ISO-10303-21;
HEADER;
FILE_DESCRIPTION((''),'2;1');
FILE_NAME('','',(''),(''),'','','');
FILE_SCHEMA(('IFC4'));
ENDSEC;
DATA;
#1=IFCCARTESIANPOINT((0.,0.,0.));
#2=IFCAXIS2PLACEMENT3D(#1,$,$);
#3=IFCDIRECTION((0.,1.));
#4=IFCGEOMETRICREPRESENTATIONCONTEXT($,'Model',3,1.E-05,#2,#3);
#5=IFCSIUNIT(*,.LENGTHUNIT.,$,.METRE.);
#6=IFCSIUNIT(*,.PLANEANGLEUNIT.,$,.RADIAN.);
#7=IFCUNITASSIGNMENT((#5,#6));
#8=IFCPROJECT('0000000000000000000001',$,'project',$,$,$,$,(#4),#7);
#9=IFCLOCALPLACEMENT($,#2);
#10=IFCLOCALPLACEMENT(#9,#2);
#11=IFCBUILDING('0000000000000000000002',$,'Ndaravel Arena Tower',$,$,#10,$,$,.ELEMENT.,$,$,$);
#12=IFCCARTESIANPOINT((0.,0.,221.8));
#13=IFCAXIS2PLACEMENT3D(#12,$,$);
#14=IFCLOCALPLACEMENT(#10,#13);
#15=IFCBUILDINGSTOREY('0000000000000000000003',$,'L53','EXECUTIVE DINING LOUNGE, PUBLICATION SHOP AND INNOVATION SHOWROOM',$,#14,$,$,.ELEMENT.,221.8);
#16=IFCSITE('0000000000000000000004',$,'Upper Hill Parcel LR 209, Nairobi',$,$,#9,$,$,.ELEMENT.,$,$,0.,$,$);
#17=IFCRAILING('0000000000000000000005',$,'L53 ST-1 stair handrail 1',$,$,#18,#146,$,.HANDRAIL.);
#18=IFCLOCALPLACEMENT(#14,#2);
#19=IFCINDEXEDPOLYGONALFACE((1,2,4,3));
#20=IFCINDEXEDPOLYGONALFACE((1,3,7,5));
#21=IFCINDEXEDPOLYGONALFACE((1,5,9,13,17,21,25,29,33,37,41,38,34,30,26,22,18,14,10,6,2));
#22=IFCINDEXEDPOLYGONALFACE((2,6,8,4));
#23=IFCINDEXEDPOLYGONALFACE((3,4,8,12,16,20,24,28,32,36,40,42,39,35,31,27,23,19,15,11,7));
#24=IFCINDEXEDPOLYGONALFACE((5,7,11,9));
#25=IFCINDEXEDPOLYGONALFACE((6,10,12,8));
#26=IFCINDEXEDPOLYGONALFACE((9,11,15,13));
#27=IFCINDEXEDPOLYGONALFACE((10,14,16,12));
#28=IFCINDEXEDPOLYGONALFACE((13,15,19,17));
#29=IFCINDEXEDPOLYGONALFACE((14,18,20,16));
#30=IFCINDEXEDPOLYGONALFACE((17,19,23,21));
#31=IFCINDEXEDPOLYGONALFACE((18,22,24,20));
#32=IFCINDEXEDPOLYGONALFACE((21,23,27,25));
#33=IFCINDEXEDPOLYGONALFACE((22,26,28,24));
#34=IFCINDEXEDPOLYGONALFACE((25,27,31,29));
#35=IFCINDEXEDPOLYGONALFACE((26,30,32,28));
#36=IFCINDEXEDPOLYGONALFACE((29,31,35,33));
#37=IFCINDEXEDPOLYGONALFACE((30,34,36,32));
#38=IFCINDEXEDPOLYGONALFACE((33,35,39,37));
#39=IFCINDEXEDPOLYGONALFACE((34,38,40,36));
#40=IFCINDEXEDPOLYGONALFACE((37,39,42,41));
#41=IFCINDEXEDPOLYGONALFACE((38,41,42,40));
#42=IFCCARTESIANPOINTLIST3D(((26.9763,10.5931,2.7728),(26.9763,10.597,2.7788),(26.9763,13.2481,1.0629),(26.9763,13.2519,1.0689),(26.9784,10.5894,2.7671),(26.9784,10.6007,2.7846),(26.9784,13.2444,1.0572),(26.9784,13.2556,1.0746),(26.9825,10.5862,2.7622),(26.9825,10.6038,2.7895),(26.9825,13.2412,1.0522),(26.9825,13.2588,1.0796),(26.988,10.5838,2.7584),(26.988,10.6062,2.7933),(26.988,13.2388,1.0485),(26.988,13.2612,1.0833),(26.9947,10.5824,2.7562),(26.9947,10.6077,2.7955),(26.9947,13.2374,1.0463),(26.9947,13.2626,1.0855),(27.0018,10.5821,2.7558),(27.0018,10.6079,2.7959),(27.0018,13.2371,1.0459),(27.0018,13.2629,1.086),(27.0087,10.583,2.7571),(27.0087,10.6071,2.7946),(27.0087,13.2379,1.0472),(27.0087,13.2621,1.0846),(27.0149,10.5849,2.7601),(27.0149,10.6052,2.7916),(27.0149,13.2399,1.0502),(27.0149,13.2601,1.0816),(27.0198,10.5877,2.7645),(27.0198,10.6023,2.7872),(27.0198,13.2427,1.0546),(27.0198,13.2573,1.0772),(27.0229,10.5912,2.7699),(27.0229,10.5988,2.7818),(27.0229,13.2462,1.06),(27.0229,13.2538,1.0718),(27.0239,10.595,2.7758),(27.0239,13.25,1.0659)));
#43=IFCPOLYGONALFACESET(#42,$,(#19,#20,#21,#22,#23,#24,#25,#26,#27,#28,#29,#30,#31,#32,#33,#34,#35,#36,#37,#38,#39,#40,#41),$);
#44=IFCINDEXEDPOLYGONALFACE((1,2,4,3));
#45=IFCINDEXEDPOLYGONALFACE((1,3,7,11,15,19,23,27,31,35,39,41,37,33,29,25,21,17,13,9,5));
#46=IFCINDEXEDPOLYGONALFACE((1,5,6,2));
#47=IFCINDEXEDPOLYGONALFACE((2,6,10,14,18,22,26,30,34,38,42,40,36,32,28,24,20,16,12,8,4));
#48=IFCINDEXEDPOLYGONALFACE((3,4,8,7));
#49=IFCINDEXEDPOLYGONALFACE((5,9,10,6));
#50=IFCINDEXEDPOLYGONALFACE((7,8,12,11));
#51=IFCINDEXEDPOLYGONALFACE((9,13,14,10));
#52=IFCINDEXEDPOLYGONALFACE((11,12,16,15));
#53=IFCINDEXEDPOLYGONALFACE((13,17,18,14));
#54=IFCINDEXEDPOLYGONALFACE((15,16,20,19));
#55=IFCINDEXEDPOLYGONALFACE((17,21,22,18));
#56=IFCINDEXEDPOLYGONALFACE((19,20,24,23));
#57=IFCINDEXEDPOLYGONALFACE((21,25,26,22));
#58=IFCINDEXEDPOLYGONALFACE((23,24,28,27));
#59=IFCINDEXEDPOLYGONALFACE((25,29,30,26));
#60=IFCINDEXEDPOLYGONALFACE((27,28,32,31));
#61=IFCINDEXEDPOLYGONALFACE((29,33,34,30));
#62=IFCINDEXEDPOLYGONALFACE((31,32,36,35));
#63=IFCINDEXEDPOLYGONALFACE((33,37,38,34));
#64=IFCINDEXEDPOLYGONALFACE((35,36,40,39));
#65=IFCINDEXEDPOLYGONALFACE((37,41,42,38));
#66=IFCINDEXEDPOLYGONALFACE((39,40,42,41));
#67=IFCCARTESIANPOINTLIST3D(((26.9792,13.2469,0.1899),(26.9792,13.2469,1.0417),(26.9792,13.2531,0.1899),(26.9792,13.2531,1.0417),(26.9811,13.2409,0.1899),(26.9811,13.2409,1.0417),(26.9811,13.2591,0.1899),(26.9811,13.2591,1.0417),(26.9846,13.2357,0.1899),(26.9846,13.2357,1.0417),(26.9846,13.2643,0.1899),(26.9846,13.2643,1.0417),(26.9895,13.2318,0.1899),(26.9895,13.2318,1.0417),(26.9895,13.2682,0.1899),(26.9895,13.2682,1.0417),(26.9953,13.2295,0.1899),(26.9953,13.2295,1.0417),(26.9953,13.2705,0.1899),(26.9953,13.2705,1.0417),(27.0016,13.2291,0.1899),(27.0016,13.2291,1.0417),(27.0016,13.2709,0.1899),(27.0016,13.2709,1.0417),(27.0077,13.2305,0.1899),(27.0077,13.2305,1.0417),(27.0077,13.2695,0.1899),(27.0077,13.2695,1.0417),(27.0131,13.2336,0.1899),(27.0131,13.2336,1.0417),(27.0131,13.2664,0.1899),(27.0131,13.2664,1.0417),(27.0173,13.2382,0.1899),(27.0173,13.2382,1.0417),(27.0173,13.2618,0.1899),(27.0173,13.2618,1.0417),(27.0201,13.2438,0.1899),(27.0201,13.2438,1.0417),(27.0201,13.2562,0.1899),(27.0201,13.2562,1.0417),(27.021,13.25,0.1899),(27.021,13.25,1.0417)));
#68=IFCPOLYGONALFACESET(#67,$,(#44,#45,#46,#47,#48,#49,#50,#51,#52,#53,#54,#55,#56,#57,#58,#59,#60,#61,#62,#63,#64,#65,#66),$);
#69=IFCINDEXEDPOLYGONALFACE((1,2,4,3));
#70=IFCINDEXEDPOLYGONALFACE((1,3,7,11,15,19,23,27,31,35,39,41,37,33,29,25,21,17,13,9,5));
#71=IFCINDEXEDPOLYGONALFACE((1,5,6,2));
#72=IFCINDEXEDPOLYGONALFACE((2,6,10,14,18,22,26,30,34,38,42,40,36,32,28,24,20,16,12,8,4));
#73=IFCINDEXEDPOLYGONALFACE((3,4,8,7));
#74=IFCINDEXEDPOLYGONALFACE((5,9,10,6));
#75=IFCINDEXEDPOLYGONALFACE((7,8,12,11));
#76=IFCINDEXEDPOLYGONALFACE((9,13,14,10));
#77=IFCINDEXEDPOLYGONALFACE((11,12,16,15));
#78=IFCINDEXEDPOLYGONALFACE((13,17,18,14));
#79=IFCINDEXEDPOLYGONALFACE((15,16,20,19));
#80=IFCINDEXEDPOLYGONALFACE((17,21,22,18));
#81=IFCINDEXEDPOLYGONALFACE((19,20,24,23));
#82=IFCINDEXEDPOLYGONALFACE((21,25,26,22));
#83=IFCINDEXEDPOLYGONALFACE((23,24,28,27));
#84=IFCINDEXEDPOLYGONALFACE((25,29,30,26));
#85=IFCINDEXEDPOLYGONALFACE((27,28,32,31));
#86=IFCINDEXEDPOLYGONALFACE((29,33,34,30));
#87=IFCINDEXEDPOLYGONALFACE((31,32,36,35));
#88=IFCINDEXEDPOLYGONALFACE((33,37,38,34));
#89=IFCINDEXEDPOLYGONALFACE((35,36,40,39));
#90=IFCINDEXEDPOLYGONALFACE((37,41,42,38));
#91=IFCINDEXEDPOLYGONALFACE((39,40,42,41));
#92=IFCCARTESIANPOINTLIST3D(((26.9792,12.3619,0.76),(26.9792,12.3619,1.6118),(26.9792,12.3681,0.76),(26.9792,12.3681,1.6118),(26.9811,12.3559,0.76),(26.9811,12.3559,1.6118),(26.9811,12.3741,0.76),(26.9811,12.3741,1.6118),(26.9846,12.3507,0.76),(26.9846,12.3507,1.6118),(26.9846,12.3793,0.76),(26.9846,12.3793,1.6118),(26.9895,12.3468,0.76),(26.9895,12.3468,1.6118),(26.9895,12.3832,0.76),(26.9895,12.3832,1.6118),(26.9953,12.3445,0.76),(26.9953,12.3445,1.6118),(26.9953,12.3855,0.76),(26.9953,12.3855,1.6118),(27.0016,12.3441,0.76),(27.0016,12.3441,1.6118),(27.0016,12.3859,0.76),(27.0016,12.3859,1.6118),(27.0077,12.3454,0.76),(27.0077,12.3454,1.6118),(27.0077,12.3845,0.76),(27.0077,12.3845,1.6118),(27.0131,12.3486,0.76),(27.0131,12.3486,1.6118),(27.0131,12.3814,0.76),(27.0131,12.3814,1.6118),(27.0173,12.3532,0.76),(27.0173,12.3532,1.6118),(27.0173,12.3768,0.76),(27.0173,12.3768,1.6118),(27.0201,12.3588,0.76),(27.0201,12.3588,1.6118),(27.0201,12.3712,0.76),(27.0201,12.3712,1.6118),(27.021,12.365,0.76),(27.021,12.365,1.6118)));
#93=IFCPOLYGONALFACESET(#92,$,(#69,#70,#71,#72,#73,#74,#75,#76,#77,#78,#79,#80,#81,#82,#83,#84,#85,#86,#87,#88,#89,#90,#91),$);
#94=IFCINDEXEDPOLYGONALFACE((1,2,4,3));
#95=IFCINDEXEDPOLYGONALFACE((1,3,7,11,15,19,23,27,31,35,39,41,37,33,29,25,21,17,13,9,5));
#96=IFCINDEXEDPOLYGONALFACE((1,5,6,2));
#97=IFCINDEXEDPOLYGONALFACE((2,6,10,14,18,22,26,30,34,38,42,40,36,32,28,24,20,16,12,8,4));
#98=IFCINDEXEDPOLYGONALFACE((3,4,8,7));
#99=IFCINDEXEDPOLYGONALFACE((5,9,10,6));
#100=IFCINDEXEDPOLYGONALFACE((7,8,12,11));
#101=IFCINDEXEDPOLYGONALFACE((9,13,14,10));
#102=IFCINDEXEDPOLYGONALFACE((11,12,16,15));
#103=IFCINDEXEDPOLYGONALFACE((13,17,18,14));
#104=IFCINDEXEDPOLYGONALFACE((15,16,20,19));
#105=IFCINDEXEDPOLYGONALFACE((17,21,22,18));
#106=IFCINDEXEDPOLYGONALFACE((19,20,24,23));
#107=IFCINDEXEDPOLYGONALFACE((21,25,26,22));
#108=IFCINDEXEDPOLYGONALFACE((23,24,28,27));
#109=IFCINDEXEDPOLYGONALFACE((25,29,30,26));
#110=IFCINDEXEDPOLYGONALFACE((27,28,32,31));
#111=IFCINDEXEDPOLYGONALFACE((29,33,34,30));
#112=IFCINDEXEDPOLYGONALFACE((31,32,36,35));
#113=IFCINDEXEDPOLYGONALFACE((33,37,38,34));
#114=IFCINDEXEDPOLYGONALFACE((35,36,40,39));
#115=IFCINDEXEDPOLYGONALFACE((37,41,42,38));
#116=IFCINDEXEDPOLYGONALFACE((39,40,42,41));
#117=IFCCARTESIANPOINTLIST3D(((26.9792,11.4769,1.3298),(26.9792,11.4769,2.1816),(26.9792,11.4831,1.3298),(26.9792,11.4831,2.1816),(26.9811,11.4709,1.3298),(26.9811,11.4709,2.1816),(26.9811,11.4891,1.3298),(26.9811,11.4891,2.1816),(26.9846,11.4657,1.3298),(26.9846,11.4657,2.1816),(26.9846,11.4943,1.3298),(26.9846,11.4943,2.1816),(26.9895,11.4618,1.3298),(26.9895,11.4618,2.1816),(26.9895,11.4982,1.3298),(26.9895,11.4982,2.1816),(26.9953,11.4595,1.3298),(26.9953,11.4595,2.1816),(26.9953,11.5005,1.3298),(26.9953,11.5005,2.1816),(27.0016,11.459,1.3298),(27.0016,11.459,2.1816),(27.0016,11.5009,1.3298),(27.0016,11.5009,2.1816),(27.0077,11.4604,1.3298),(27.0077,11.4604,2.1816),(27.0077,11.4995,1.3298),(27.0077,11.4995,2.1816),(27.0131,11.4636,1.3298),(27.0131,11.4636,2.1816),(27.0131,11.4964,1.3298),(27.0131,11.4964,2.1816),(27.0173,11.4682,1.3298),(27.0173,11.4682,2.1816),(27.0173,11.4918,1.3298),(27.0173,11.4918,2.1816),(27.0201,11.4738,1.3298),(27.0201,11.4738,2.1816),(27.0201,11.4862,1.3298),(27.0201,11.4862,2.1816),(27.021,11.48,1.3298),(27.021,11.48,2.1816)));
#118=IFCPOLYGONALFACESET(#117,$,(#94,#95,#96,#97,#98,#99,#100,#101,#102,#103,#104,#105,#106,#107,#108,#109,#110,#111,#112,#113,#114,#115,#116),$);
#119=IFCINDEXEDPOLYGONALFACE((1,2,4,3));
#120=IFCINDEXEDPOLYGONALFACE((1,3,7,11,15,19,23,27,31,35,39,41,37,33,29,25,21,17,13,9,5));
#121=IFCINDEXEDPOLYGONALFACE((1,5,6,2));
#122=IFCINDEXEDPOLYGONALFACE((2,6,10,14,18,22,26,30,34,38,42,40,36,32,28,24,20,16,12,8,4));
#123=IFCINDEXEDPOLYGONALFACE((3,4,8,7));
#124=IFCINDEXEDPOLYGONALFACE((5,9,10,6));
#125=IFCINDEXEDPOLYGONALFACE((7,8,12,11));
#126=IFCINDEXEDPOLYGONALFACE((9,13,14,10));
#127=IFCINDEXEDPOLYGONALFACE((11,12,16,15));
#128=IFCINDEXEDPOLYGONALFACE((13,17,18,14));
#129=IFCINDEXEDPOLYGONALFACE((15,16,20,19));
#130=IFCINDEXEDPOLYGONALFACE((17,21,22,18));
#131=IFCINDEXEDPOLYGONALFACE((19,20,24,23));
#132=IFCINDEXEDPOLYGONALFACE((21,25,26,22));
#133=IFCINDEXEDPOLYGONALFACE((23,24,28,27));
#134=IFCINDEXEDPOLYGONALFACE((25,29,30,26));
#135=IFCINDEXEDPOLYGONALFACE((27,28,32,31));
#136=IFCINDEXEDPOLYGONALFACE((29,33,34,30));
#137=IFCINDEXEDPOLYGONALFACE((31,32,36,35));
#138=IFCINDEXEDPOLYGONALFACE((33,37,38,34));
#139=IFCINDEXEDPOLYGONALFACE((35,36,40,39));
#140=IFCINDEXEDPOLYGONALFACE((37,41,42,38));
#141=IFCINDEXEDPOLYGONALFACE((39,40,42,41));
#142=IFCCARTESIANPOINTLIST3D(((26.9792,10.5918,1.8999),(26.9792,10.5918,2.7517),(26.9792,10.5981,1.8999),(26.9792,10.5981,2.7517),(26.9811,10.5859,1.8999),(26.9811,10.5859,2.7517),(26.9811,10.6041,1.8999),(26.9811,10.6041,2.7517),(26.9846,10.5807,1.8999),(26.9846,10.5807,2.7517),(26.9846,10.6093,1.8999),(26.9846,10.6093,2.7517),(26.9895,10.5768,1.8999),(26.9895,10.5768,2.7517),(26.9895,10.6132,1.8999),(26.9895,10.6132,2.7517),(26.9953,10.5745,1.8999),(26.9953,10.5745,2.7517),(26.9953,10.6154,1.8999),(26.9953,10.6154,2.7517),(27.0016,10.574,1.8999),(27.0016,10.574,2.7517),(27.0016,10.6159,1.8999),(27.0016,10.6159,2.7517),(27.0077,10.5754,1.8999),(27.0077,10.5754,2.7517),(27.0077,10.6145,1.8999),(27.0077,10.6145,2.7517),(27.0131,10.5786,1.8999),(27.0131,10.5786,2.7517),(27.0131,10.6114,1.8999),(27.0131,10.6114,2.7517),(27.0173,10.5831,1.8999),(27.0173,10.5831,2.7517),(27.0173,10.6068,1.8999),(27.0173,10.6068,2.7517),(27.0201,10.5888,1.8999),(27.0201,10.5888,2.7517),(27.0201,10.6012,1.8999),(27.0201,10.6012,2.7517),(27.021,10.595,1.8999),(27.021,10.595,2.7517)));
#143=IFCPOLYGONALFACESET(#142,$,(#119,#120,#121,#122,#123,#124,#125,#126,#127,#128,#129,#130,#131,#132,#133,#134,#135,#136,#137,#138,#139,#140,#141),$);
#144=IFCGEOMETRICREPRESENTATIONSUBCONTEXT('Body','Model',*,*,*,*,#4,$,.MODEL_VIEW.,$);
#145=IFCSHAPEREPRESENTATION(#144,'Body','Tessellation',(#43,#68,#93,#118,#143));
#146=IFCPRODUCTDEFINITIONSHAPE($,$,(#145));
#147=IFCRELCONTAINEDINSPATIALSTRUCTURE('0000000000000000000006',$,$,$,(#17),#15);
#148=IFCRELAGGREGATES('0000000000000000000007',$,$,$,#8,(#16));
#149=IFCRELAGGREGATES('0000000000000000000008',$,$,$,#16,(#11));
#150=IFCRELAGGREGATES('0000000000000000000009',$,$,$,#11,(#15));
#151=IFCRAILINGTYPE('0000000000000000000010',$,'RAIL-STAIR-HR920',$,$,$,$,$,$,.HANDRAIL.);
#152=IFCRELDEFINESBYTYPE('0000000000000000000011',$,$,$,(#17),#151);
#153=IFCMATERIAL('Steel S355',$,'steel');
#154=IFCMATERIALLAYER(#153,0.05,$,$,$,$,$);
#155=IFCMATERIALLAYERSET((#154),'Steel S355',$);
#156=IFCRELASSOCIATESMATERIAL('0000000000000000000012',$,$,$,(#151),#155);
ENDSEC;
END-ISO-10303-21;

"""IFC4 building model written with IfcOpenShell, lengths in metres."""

from ifc_helpers import new_model, si_unit, direction, frame, origin, origin_2d, place, context, subcontext, project, spatial, circle, extrude, material, layer, layer_set, type_object, element, save


model = new_model("IFC4")

# Units and contexts
model_context = context("Model", 3, precision=1e-05, world=origin(), true_north=direction((0.0, 1.0)))
body_context = subcontext(model_context, "Body", "Model", "MODEL_VIEW")
ifc_project = project(units=[si_unit("LENGTHUNIT", "METRE"), si_unit("PLANEANGLEUNIT", "RADIAN")], contexts=[model_context])

# Site, building, storey
site_placement = place(None, origin())
site = spatial("IfcSite", under=ifc_project, at=site_placement, Name="Upper Hill Parcel LR 209, Nairobi", CompositionType="ELEMENT", RefElevation=0.0)
building_placement = place(site_placement, origin())
building = spatial("IfcBuilding", under=site, at=building_placement, Name="Ndaravel Arena Tower", CompositionType="ELEMENT")
storey_placement = place(building_placement, frame((0.0, 0.0, 221.8)))
storey = spatial("IfcBuildingStorey", under=building, at=storey_placement, Name="L53", Description="EXECUTIVE DINING LOUNGE, PUBLICATION SHOP AND INNOVATION SHOWROOM", CompositionType="ELEMENT", Elevation=221.8)

# Railing
ifc_material_1 = material(Name="Steel S355", Category="steel")
ifc_layer_1 = layer(ifc_material_1, 0.05)
ifc_layer_set_1 = layer_set([ifc_layer_1], Name="Steel S355")
railing_type_1 = type_object("IfcRailingType", Name="RAIL-STAIR-HR920", PredefinedType="HANDRAIL", material=ifc_layer_set_1)
railing_1_placement = place(storey_placement, frame((27.0, 13.25, 0.1899)))
element("IfcRailing", 1, at=railing_1_placement, inside=storey, type_object=railing_type_1, Name="L53 ST-1 stair handrail 1", PredefinedType="HANDRAIL", context=body_context, shape_type="SweptSolid", body=[
    extrude(circle(Radius=0.0239, at=origin_2d()), frame((0.0, 0.0, 0.876), z_axis=(0.0, -0.840724, 0.541465), x_axis=(1.0, 0.0, 0.0)), (0.0, 0.0, 1.0), 3.158),
    extrude(circle(Radius=0.021, at=origin_2d()), origin(), (0.0, 0.0, 1.0), 0.8518),
    extrude(circle(Radius=0.021, at=origin_2d()), frame((0.0, -0.885, 0.5701)), (0.0, 0.0, 1.0), 0.8518),
    extrude(circle(Radius=0.021, at=origin_2d()), frame((0.0, -1.77, 1.1399)), (0.0, 0.0, 1.0), 0.8518),
    extrude(circle(Radius=0.021, at=origin_2d()), frame((0.0, -2.655, 1.71)), (0.0, 0.0, 1.0), 0.8518),
])

save(model, "model.ifc")
